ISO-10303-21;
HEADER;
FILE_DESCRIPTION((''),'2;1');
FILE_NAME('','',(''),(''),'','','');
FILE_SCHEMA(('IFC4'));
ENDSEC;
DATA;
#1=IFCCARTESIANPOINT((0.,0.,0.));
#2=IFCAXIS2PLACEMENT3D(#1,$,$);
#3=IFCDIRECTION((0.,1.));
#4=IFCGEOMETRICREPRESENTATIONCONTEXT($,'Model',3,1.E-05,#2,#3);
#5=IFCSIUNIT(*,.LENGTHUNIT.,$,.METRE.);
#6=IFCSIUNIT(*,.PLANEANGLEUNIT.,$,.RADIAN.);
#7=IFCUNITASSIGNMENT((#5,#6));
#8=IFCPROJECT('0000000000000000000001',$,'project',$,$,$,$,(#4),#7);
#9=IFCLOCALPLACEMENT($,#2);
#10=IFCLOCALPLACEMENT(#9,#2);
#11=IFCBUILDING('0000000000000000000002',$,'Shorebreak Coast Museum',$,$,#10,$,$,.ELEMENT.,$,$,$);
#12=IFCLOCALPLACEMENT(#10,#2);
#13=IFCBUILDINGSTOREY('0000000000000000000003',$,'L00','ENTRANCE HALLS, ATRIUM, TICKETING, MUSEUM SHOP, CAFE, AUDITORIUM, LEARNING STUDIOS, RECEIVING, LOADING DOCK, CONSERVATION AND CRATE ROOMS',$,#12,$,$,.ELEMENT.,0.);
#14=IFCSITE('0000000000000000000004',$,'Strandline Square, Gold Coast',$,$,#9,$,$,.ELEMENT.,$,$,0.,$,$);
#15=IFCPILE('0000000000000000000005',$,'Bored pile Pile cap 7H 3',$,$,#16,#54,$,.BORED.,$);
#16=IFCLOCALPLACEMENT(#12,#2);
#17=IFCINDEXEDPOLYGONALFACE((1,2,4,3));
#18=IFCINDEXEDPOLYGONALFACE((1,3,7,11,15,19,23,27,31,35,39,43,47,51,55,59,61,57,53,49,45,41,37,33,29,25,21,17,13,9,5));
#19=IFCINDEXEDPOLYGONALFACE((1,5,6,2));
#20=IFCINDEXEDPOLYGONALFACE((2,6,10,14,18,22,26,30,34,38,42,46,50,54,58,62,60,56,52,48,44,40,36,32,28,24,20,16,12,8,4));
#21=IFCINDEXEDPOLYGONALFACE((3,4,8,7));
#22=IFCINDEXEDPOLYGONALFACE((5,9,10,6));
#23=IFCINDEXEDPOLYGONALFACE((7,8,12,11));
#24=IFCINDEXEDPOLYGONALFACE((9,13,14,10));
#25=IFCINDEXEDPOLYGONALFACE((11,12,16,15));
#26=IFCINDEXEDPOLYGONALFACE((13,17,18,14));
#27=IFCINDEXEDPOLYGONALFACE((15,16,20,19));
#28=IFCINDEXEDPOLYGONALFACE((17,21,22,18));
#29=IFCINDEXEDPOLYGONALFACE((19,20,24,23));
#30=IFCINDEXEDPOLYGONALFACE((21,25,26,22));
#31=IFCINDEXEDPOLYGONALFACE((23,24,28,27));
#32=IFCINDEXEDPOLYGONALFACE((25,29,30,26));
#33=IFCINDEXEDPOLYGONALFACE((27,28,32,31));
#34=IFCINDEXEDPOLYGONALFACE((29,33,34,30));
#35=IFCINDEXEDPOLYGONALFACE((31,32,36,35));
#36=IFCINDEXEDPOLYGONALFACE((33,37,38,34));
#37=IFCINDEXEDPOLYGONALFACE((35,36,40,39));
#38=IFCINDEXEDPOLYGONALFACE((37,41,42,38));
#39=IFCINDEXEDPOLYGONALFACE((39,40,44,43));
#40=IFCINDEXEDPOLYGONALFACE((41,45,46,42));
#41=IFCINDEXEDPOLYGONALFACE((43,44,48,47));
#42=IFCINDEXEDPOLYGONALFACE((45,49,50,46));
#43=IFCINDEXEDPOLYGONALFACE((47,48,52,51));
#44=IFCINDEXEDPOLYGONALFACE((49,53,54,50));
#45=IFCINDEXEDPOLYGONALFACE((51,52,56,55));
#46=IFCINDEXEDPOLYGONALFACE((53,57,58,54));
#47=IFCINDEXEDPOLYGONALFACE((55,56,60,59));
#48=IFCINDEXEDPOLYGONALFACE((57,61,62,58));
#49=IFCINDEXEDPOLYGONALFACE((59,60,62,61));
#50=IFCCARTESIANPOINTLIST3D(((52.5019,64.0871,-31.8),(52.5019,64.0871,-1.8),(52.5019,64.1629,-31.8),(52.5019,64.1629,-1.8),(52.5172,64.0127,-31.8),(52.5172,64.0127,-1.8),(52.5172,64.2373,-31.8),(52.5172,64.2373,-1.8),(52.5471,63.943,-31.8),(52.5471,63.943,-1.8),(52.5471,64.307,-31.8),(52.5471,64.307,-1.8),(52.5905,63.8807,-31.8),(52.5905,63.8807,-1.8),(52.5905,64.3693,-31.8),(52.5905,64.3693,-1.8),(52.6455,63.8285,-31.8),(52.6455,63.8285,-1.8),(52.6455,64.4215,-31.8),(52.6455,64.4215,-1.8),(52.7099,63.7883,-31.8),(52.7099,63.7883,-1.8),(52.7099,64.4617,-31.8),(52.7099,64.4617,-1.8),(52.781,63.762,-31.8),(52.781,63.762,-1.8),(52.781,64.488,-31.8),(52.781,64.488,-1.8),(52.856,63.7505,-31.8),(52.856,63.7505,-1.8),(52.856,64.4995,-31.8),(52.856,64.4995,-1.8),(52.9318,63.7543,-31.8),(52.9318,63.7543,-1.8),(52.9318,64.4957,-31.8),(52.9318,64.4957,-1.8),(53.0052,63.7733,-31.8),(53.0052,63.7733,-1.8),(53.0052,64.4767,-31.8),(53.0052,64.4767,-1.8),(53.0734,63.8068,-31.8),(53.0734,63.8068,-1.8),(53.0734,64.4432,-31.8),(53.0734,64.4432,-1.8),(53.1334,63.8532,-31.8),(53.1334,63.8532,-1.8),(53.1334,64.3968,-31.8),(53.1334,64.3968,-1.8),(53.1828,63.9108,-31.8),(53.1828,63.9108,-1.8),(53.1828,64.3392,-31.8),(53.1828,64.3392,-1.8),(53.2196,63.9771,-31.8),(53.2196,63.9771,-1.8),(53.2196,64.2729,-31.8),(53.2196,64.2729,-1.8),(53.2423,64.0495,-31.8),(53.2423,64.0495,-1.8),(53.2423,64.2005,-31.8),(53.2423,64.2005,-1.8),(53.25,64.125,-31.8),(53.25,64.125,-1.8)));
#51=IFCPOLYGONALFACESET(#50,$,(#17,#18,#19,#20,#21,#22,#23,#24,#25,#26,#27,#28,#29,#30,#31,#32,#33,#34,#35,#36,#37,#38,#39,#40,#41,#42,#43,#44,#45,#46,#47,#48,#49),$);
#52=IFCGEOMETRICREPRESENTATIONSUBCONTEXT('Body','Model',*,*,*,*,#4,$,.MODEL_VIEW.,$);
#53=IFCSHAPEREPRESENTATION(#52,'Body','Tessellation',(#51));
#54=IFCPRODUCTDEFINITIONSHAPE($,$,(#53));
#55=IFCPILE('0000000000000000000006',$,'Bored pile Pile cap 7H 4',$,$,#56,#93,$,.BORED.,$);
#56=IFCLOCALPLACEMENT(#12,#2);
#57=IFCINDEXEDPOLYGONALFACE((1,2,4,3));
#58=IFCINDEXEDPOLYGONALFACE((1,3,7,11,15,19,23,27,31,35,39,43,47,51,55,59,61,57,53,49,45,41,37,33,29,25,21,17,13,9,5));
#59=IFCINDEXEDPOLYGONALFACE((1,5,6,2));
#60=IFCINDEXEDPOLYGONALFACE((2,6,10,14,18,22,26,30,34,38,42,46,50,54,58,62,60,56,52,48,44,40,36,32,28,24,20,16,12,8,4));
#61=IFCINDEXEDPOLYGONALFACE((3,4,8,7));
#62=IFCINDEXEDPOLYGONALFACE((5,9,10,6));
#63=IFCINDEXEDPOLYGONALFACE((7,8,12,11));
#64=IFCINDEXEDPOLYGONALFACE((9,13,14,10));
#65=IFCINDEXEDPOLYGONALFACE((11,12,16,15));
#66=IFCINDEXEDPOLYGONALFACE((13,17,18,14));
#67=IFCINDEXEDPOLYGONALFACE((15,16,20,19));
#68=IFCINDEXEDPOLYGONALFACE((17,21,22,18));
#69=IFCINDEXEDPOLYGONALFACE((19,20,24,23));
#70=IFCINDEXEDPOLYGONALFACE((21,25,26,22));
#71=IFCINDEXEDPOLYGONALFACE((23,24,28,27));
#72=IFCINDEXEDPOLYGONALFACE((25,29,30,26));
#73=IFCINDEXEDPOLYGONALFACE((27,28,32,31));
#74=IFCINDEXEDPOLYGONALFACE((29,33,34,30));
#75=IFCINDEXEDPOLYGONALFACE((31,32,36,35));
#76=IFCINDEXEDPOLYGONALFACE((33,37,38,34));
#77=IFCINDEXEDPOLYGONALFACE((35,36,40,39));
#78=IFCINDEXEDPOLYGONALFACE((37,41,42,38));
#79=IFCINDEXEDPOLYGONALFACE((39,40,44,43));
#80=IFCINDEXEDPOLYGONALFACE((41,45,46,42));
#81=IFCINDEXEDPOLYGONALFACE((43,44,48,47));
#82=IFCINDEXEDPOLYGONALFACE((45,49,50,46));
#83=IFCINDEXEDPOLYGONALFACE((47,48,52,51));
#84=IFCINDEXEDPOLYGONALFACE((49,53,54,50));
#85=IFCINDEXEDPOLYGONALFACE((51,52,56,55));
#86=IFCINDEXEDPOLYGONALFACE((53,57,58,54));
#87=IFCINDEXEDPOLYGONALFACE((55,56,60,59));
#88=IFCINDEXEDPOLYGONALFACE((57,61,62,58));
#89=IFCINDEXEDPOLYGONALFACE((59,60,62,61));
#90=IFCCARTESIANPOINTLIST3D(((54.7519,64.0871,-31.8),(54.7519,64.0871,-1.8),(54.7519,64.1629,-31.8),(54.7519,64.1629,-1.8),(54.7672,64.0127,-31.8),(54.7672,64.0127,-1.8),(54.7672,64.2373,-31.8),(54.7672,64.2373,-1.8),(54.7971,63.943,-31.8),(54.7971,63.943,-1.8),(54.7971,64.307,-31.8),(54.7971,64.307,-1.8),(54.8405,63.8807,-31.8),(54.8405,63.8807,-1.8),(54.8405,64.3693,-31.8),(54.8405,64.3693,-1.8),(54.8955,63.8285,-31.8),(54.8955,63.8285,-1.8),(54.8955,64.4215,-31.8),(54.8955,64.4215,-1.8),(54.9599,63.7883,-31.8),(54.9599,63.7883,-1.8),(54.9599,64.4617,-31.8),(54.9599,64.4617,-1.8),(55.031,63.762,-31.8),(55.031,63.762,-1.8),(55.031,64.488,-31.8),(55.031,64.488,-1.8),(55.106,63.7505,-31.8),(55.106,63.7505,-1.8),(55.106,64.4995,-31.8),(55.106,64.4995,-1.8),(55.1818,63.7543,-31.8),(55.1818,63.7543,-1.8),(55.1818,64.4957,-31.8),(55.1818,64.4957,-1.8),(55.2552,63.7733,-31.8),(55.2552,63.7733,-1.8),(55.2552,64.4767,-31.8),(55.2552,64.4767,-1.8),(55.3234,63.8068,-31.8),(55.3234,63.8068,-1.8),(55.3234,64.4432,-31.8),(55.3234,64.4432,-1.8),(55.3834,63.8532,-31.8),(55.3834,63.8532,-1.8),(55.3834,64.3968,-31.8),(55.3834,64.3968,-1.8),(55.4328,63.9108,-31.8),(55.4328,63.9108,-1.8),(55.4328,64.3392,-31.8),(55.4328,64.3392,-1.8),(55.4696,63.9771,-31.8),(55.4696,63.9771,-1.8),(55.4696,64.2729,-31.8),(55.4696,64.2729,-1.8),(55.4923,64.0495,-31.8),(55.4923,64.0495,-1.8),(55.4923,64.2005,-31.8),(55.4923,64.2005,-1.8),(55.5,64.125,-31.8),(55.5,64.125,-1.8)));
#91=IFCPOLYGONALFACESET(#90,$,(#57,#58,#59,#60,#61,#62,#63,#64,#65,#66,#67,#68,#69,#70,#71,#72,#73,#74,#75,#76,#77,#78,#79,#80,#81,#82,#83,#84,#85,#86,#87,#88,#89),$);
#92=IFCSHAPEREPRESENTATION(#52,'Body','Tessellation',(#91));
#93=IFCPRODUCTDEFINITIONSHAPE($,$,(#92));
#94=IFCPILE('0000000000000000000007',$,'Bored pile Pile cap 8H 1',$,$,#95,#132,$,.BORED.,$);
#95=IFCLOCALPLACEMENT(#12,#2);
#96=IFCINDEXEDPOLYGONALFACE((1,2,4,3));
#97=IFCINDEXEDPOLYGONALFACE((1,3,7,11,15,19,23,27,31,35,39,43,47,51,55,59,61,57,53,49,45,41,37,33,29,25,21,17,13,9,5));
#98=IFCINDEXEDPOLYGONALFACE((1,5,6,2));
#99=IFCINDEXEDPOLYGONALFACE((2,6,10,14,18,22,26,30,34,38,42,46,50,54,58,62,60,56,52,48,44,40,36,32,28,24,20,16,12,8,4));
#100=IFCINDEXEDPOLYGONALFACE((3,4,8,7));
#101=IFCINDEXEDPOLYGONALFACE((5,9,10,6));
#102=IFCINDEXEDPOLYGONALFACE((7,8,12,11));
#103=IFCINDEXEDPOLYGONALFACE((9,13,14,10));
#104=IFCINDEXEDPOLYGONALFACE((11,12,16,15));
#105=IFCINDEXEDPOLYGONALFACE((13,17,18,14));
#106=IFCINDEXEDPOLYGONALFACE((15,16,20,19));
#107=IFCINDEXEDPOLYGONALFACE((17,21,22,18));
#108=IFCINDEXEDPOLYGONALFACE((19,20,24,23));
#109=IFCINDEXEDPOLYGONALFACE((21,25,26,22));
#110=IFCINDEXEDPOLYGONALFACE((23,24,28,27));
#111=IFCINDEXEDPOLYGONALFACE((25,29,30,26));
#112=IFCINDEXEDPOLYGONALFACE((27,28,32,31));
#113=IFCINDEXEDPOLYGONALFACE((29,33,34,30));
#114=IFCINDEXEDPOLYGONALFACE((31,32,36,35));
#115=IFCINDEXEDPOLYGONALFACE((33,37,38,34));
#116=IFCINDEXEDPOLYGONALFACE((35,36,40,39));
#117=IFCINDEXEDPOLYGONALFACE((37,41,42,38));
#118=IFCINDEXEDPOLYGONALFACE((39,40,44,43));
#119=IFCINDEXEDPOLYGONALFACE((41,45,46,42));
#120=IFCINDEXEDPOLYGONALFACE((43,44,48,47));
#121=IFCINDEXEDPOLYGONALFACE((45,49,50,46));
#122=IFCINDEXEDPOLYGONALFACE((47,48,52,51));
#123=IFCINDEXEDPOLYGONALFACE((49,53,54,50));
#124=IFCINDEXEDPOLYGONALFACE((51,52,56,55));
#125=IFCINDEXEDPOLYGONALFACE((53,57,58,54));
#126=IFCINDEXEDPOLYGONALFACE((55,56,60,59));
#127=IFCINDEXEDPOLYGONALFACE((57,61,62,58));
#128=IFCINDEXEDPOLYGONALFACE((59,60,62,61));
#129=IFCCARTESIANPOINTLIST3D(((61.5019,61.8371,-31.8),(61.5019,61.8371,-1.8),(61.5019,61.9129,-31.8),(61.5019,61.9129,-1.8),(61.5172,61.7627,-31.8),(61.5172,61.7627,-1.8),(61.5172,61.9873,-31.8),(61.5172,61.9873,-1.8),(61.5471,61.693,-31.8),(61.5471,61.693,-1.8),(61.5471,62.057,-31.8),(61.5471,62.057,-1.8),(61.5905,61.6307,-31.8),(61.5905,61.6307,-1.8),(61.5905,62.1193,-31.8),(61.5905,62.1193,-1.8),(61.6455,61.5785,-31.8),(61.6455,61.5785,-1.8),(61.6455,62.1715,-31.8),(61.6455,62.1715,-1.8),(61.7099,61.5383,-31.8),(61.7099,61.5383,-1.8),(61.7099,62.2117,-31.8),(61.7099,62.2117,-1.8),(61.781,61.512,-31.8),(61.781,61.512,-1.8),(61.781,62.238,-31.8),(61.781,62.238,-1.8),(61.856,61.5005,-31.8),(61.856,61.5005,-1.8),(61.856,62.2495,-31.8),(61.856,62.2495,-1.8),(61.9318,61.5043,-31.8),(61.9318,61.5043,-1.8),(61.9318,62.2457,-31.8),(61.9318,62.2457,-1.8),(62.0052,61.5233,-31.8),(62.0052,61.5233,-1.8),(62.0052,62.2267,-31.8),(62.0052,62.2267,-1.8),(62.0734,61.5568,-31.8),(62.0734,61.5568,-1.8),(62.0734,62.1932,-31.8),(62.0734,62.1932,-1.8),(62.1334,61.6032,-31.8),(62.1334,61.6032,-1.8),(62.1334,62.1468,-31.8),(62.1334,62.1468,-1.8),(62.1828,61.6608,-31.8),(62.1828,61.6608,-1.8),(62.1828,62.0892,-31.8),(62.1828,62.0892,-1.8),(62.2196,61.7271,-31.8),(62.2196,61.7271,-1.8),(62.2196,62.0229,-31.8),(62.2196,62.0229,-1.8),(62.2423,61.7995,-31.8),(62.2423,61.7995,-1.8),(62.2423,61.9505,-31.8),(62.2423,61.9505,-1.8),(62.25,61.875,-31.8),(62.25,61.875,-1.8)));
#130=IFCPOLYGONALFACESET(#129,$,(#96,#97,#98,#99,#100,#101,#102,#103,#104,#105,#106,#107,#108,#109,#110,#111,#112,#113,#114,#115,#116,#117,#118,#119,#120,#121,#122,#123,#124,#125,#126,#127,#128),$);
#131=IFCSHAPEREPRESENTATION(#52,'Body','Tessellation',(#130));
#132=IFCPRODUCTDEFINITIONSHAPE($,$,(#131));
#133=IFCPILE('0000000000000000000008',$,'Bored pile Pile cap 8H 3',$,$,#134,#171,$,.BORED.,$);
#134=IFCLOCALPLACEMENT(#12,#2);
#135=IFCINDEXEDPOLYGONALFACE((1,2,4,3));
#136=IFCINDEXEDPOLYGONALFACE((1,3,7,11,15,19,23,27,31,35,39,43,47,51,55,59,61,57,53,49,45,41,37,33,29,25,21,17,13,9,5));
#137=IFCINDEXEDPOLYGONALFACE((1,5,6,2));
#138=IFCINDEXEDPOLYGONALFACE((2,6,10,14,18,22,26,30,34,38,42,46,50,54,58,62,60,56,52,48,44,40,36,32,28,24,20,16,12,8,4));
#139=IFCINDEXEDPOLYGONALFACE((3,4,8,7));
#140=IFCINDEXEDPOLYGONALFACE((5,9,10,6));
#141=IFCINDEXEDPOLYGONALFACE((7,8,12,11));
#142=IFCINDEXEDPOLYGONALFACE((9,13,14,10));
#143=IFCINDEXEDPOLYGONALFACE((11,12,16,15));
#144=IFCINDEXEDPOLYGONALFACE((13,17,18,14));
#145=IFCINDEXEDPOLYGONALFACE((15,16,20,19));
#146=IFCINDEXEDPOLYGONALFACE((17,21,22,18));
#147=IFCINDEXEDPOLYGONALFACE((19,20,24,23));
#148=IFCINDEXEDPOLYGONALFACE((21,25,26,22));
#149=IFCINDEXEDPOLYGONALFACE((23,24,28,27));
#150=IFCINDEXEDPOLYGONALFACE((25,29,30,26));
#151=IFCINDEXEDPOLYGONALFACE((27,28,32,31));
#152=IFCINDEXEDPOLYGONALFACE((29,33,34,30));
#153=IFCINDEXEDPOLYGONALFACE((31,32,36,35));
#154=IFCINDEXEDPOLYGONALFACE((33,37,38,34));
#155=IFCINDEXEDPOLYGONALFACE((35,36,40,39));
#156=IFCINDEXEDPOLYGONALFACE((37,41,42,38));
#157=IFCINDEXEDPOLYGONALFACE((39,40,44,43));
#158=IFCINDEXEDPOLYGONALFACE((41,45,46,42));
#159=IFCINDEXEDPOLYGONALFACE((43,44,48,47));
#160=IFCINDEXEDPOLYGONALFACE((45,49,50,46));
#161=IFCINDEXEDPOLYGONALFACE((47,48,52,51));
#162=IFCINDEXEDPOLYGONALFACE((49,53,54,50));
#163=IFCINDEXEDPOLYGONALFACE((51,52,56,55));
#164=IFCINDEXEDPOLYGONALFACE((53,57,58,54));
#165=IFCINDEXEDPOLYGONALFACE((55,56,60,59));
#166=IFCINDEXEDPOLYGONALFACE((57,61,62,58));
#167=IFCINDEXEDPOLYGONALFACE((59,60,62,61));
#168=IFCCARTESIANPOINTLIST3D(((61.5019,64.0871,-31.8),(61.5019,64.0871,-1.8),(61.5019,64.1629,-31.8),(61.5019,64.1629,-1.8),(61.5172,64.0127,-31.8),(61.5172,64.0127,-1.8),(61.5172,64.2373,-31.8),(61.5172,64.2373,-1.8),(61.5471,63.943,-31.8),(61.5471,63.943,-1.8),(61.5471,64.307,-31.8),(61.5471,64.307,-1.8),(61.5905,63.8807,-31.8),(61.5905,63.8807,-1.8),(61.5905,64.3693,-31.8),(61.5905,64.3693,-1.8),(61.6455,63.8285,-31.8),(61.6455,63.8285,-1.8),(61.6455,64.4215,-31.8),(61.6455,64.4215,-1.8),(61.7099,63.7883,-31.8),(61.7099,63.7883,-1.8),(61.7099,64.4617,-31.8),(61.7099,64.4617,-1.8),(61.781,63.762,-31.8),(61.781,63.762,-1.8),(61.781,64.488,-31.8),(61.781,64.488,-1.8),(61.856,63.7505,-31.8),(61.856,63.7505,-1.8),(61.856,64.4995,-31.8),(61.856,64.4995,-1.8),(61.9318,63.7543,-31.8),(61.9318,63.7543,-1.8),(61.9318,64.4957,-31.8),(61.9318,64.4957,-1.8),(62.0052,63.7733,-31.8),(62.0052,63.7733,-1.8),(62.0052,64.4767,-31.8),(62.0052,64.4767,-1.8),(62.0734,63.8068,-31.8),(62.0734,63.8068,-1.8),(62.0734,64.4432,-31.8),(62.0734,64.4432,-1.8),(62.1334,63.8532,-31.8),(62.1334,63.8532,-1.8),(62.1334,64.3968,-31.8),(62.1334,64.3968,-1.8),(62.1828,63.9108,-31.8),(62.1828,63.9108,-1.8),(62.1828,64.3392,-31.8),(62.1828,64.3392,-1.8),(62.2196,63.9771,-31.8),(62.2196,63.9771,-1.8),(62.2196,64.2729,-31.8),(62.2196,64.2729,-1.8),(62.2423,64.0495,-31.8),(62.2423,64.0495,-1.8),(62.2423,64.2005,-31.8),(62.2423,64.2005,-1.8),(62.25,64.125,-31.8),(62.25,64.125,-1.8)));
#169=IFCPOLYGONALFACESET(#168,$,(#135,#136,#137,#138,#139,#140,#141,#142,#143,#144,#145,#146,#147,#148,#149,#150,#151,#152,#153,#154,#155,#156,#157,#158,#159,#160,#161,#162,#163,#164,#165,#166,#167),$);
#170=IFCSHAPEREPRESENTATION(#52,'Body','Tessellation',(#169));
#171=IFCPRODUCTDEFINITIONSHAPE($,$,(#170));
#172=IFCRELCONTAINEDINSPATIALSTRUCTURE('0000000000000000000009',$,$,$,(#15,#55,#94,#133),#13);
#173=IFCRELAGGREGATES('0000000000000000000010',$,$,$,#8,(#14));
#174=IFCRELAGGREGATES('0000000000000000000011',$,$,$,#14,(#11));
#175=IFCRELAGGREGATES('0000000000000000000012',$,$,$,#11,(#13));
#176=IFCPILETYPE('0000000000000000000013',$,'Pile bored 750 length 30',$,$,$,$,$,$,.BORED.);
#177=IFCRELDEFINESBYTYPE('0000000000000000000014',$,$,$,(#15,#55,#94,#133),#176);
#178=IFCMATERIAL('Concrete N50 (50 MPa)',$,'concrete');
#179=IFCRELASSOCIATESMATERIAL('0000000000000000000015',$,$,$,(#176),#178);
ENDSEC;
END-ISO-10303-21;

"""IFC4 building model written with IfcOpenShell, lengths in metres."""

from ifc_helpers import new_model, si_unit, direction, frame, origin, origin_2d, place, context, subcontext, project, spatial, circle, extrude, material, material_profile, profile_set, type_object, element, save


model = new_model("IFC4")

# Units and contexts
model_context = context("Model", 3, precision=1e-05, world=origin(), true_north=direction((0.0, 1.0)))
body_context = subcontext(model_context, "Body", "Model", "MODEL_VIEW")
ifc_project = project(units=[si_unit("LENGTHUNIT", "METRE"), si_unit("PLANEANGLEUNIT", "RADIAN")], contexts=[model_context])

# Site, building, storey
site_placement = place(None, origin())
site = spatial("IfcSite", under=ifc_project, at=site_placement, Name="Strandline Square, Gold Coast", CompositionType="ELEMENT", RefElevation=0.0)
building_placement = place(site_placement, origin())
building = spatial("IfcBuilding", under=site, at=building_placement, Name="Shorebreak Coast Museum", CompositionType="ELEMENT")
storey_placement = place(building_placement, origin())
storey = spatial("IfcBuildingStorey", under=building, at=storey_placement, Name="L00", Description="ENTRANCE HALLS, ATRIUM, TICKETING, MUSEUM SHOP, CAFE, AUDITORIUM, LEARNING STUDIOS, RECEIVING, LOADING DOCK, CONSERVATION AND CRATE ROOMS", CompositionType="ELEMENT", Elevation=0.0)

# Piles
ifc_material_1 = material(Name="Concrete N50 (50 MPa)", Category="concrete")
ifc_material_profile_1 = material_profile(ifc_material_1, circle(Radius=0.375, at=origin_2d()), Name="Pile bored 750 length 30")
ifc_profile_set_1 = profile_set([ifc_material_profile_1], Name="Concrete N50 (50 MPa)")
pile_type_1 = type_object("IfcPileType", Name="Pile bored 750 length 30", PredefinedType="BORED", material=ifc_profile_set_1)
for number, where, z_axis, x_axis, name in (
    (1, (52.875, 64.125, -1.8), (0.0, 0.0, -1.0), (1.0, 0.0, 0.0), "Bored pile Pile cap 7H 3"),
    (2, (55.125, 64.125, -1.8), (0.0, 0.0, -1.0), (1.0, 0.0, 0.0), "Bored pile Pile cap 7H 4"),
    (3, (61.875, 61.875, -1.8), (0.0, 0.0, -1.0), (1.0, 0.0, 0.0), "Bored pile Pile cap 8H 1"),
    (4, (61.875, 64.125, -1.8), (0.0, 0.0, -1.0), (1.0, 0.0, 0.0), "Bored pile Pile cap 8H 3"),
):
    element("IfcPile", number, at=place(storey_placement, frame(where, z_axis=z_axis, x_axis=x_axis)), inside=storey, type_object=pile_type_1, Name=name, PredefinedType="BORED", context=body_context, shape_type="SweptSolid", body=[
        extrude(circle(Radius=0.375, at=origin_2d()), origin(), (0.0, 0.0, 1.0), 30.0),
    ])

save(model, "model.ifc")
